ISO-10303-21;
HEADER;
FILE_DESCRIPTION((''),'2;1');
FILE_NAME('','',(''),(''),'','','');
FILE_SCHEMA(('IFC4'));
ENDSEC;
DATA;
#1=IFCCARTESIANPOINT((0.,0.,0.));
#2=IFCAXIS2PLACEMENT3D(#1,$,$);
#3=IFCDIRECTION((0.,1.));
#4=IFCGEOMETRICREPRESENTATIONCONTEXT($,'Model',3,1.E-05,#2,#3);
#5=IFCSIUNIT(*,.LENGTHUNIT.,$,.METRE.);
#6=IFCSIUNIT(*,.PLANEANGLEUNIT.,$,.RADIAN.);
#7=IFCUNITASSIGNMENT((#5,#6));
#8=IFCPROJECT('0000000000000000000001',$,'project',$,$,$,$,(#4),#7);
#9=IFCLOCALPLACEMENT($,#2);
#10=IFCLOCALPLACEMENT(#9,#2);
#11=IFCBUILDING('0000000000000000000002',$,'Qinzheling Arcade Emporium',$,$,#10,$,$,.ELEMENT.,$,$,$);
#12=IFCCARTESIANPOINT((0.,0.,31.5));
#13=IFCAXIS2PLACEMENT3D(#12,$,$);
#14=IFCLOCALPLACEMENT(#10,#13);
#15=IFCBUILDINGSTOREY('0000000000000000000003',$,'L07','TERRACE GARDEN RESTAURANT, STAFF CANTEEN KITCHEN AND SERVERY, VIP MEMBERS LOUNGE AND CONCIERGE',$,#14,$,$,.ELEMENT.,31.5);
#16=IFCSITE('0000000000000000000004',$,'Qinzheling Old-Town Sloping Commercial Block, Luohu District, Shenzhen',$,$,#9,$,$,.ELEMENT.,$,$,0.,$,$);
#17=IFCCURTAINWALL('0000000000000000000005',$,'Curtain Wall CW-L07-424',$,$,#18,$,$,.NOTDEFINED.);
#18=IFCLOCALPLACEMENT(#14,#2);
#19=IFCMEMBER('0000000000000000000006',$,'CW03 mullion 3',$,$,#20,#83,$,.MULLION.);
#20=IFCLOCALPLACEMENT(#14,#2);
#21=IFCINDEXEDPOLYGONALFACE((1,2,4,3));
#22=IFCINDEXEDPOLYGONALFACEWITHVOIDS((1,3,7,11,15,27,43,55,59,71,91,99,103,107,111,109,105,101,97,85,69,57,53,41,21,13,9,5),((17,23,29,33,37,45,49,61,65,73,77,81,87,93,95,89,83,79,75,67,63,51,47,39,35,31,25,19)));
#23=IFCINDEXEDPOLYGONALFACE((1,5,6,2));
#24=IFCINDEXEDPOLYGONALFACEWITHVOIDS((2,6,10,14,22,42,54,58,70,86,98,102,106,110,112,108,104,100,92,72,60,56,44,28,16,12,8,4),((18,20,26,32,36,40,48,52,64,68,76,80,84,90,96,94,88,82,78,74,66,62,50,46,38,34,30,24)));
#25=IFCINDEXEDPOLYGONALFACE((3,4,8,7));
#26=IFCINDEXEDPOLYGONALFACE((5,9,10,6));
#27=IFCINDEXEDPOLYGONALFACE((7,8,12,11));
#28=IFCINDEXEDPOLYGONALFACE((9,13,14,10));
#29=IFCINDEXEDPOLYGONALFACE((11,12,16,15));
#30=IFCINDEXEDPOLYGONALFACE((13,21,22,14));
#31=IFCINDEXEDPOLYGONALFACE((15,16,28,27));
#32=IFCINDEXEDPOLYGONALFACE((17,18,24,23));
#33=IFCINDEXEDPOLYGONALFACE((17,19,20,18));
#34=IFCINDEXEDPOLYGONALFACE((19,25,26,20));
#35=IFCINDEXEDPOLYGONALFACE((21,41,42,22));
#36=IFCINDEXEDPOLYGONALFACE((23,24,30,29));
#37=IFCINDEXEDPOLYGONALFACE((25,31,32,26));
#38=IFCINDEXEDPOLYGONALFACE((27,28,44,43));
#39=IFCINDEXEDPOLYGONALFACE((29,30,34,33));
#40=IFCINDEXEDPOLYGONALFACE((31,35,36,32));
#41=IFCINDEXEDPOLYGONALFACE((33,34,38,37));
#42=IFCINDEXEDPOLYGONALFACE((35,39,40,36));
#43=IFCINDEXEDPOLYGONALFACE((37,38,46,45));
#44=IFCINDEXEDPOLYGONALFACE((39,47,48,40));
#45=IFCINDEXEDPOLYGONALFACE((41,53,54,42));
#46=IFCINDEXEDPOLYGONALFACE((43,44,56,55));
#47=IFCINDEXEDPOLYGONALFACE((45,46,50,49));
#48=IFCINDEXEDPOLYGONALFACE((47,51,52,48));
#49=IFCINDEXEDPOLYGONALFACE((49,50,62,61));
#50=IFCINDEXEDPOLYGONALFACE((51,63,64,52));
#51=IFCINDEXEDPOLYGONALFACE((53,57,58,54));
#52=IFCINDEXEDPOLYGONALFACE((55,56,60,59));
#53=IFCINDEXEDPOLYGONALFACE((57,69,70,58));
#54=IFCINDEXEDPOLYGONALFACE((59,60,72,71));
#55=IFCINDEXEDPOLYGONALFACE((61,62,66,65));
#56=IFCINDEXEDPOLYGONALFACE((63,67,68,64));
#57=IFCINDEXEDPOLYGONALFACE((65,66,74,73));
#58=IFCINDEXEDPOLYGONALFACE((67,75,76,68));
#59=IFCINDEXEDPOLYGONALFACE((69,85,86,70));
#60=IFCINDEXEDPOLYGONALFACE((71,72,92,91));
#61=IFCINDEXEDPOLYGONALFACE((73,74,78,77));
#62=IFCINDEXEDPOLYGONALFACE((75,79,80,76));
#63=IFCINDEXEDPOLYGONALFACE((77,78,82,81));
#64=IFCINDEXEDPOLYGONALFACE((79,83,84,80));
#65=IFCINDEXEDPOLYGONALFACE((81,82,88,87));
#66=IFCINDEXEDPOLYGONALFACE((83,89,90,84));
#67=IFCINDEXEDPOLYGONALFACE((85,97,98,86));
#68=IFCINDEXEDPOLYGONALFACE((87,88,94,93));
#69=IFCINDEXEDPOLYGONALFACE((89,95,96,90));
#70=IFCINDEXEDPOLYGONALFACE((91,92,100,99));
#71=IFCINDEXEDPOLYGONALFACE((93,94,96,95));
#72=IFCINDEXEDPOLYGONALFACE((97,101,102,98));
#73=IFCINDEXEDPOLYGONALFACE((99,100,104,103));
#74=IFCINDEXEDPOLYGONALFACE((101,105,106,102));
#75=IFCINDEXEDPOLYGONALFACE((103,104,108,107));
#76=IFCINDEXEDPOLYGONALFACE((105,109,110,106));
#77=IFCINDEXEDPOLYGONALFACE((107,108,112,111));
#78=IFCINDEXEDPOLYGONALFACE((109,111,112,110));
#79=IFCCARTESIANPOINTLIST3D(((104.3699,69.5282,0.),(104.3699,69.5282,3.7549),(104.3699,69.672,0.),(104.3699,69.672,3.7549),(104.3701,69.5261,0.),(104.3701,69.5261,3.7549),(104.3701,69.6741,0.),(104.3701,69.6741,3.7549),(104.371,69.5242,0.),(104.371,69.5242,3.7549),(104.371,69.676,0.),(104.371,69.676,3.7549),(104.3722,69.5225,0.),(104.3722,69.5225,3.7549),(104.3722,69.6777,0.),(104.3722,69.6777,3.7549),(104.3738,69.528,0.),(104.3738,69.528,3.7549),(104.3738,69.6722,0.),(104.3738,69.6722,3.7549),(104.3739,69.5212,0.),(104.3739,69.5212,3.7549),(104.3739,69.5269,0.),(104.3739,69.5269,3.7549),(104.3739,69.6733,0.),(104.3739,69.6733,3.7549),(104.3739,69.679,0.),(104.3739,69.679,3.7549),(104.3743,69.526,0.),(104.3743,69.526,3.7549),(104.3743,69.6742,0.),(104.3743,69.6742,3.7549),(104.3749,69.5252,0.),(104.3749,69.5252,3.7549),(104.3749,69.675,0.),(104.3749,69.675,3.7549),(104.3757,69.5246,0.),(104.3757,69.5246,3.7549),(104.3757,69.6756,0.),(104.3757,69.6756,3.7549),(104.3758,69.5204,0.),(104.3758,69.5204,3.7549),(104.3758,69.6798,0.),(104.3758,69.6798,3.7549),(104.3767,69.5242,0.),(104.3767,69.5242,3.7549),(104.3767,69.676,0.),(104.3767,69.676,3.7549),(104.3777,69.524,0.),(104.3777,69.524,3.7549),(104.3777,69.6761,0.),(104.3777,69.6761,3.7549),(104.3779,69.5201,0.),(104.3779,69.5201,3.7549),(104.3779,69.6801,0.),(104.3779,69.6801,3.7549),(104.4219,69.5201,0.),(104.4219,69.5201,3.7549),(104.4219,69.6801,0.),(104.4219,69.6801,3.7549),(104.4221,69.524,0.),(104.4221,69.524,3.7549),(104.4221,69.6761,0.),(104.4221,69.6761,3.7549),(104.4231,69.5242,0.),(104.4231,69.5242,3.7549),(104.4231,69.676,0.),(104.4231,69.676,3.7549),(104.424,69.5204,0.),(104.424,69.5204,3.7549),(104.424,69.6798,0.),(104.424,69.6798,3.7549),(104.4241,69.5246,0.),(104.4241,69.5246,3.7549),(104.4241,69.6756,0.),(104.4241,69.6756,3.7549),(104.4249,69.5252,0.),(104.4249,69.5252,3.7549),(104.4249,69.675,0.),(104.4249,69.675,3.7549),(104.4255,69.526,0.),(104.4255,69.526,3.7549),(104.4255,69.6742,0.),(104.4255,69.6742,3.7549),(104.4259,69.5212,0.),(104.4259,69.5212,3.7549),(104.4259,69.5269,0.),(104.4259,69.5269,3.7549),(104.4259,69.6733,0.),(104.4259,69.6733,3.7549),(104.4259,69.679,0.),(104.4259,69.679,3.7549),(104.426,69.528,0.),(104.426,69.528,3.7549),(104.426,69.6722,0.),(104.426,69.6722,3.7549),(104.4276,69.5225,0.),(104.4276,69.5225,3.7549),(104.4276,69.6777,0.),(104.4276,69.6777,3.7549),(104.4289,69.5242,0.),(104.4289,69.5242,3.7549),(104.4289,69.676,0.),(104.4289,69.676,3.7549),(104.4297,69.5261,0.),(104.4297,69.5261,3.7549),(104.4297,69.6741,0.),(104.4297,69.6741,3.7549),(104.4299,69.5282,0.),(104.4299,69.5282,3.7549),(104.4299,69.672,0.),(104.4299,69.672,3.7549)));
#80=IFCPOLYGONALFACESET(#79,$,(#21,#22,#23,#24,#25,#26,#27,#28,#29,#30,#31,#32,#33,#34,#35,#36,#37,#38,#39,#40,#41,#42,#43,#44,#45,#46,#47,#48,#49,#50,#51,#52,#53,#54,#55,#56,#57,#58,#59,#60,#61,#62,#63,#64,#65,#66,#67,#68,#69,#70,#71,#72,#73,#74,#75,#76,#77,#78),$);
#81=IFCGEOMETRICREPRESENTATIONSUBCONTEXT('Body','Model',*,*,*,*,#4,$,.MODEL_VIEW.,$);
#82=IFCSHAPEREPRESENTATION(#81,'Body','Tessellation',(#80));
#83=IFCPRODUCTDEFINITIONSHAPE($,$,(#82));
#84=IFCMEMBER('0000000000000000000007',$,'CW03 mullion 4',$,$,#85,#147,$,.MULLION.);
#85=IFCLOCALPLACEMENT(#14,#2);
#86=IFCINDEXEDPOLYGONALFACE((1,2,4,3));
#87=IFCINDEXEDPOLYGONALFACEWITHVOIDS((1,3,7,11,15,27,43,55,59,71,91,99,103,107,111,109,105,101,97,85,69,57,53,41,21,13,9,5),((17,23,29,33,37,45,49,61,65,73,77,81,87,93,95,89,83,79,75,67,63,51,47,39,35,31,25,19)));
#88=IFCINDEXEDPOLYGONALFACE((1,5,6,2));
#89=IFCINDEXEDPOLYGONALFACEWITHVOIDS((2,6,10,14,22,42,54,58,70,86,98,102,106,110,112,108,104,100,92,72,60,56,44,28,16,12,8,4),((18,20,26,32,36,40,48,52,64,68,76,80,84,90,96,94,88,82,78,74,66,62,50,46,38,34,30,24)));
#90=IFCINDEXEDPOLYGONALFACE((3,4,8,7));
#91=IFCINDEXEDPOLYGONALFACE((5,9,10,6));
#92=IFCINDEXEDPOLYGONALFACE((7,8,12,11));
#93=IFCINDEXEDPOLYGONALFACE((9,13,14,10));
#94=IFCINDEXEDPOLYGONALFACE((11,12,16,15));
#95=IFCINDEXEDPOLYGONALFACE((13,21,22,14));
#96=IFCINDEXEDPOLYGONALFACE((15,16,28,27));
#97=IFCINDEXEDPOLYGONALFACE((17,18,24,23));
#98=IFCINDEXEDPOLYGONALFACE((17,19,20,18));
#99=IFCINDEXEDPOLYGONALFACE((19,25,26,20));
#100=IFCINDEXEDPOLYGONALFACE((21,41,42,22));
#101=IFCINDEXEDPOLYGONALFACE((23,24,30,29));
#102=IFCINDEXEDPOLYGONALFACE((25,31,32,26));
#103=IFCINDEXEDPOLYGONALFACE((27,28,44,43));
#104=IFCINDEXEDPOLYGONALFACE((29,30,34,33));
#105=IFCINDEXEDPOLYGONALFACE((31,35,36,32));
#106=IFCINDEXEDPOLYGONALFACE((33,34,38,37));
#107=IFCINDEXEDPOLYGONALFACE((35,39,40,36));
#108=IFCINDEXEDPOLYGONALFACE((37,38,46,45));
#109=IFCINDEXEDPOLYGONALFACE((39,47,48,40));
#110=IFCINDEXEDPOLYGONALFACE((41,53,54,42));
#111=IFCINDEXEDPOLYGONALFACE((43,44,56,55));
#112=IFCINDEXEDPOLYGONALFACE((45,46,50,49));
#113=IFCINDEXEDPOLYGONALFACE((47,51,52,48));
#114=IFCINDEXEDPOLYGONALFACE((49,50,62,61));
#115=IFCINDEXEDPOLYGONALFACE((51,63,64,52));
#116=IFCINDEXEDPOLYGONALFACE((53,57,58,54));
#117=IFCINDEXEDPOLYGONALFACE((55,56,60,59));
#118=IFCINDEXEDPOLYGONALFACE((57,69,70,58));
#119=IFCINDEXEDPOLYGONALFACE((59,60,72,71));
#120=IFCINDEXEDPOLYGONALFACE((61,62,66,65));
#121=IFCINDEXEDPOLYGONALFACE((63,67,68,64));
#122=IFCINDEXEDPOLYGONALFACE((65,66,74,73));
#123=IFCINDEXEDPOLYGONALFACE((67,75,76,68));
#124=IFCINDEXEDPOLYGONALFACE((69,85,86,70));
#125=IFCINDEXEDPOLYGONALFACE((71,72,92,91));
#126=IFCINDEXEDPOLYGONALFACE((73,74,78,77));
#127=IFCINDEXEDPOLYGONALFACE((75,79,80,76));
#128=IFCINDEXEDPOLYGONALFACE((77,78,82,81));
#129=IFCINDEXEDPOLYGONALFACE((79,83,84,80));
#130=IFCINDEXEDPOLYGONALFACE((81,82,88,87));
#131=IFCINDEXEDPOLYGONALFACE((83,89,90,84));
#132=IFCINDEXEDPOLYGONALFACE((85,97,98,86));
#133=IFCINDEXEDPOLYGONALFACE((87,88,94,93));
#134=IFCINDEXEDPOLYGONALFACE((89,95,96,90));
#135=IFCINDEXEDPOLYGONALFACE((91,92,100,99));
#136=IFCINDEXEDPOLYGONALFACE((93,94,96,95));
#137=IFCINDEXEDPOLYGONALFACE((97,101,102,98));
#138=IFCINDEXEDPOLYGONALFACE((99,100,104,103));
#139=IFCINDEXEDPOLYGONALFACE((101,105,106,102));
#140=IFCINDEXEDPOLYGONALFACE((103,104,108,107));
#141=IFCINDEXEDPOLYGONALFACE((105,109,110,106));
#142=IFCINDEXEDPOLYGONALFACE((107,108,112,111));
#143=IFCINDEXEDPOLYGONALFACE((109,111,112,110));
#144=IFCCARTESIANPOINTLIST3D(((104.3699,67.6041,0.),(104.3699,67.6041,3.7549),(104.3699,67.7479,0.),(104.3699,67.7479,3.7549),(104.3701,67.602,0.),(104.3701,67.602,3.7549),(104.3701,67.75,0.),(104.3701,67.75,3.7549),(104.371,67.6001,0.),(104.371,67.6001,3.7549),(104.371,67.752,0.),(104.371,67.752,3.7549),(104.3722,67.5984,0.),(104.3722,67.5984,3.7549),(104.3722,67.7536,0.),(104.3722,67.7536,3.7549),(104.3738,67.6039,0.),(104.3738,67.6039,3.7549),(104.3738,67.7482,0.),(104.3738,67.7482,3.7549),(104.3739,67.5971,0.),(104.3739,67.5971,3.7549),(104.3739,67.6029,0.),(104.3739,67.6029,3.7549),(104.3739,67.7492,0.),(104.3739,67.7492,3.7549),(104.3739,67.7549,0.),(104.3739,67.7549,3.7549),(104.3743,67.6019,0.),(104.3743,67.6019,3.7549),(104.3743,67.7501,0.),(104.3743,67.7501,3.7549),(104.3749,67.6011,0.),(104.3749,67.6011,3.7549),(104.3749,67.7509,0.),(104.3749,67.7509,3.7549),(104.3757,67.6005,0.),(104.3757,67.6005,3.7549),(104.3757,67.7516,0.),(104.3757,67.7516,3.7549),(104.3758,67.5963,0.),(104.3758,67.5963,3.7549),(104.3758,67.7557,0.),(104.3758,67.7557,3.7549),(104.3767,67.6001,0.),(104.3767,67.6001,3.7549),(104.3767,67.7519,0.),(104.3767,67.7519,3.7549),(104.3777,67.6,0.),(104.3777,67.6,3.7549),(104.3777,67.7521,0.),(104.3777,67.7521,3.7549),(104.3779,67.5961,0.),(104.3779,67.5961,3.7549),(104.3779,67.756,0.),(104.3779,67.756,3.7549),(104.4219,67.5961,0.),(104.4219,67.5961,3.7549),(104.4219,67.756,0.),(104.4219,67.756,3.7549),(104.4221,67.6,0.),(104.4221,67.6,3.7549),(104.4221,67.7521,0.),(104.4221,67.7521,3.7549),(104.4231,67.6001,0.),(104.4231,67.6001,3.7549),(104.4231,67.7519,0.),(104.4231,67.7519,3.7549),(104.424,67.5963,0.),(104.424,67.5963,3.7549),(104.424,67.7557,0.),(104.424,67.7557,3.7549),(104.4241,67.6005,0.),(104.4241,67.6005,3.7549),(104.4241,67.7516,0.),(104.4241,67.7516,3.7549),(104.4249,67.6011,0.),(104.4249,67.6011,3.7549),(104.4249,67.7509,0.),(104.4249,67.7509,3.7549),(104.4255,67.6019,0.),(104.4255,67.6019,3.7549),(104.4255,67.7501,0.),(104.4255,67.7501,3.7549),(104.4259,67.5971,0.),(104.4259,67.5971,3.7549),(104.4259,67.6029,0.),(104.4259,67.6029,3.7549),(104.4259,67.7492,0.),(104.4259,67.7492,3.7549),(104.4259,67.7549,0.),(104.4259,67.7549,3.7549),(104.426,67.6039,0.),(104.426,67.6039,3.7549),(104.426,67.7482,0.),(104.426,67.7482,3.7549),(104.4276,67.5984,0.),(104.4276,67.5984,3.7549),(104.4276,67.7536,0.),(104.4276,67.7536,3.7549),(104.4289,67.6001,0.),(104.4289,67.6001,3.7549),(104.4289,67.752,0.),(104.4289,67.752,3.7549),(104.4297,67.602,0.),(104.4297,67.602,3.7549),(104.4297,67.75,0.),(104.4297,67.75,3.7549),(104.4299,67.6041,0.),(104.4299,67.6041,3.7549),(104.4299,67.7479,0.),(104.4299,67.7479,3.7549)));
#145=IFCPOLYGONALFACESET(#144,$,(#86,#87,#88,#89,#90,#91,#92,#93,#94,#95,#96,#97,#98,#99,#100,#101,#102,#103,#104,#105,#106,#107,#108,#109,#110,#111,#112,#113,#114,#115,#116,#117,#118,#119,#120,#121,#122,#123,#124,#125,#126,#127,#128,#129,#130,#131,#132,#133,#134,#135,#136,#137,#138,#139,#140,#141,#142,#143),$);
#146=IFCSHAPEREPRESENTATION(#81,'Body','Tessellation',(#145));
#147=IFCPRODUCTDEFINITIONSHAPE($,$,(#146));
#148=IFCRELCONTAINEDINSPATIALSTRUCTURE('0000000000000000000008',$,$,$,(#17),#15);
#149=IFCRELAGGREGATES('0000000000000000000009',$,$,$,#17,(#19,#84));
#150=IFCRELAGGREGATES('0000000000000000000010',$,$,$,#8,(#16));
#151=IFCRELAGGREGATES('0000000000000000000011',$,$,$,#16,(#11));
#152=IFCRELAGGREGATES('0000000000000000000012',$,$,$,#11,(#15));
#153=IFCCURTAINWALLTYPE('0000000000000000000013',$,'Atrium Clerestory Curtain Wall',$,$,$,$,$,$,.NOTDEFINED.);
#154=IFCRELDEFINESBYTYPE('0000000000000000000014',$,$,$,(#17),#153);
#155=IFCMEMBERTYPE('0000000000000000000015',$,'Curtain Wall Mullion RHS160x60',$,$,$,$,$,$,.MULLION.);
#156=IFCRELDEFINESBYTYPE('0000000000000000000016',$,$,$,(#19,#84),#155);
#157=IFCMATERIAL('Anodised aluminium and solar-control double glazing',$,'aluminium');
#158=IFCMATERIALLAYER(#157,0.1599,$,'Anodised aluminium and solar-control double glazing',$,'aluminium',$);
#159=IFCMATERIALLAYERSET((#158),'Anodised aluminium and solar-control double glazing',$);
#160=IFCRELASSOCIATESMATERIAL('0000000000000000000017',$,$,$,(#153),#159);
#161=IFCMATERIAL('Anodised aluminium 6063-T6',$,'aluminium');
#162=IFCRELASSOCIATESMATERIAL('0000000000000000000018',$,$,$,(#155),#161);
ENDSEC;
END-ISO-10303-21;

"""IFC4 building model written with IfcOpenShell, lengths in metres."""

from ifc_helpers import new_model, si_unit, direction, frame, origin, origin_2d, place, context, subcontext, project, spatial, hollow_rectangle, extrude, material, layer, layer_set, material_profile, profile_set, type_object, element, aggregate, save


model = new_model("IFC4")

# Units and contexts
model_context = context("Model", 3, precision=1e-05, world=origin(), true_north=direction((0.0, 1.0)))
body_context = subcontext(model_context, "Body", "Model", "MODEL_VIEW")
ifc_project = project(units=[si_unit("LENGTHUNIT", "METRE"), si_unit("PLANEANGLEUNIT", "RADIAN")], contexts=[model_context])

# Site, building, storey
site_placement = place(None, origin())
site = spatial("IfcSite", under=ifc_project, at=site_placement, Name="Qinzheling Old-Town Sloping Commercial Block, Luohu District, Shenzhen", CompositionType="ELEMENT", RefElevation=0.0)
building_placement = place(site_placement, origin())
building = spatial("IfcBuilding", under=site, at=building_placement, Name="Qinzheling Arcade Emporium", CompositionType="ELEMENT")
storey_placement = place(building_placement, frame((0.0, 0.0, 31.5)))
storey = spatial("IfcBuildingStorey", under=building, at=storey_placement, Name="L07", Description="TERRACE GARDEN RESTAURANT, STAFF CANTEEN KITCHEN AND SERVERY, VIP MEMBERS LOUNGE AND CONCIERGE", CompositionType="ELEMENT", Elevation=31.5)

# Curtain wall, members
ifc_material_1 = material(Name="Anodised aluminium and solar-control double glazing", Category="aluminium")
ifc_layer_1 = layer(ifc_material_1, 0.1599, Name="Anodised aluminium and solar-control double glazing", Category="aluminium")
ifc_layer_set_1 = layer_set([ifc_layer_1], Name="Anodised aluminium and solar-control double glazing")
curtain_wall_type = type_object("IfcCurtainWallType", Name="Atrium Clerestory Curtain Wall", PredefinedType="NOTDEFINED", material=ifc_layer_set_1)
curtain_wall_placement = place(storey_placement, origin())
curtain_wall = element("IfcCurtainWall", 1, at=curtain_wall_placement, inside=storey, type_object=curtain_wall_type, Name="Curtain Wall CW-L07-424", PredefinedType="NOTDEFINED")
ifc_material_2 = material(Name="Anodised aluminium 6063-T6", Category="aluminium")
ifc_material_profile_1 = material_profile(ifc_material_2, hollow_rectangle(XDim=0.0601, YDim=0.1599, WallThickness=0.0039, InnerFilletRadius=0.0039, OuterFilletRadius=0.0081, at=origin_2d()), Name="RHS 160x60x4", Category="aluminium")
ifc_profile_set_1 = profile_set([ifc_material_profile_1], Name="Anodised aluminium 6063-T6")
member_type_1 = type_object("IfcMemberType", Name="Curtain Wall Mullion RHS160x60", PredefinedType="MULLION", material=ifc_profile_set_1)
member_1_placement = place(storey_placement, frame((104.3999, 69.6001, 0.0), z_axis=(0.0, 0.0, 1.0), x_axis=(1.0, 0.0, 0.0)))
member_1 = element("IfcMember", 2, at=member_1_placement, type_object=member_type_1, Name="CW03 mullion 3", PredefinedType="MULLION", context=body_context, shape_type="SweptSolid", body=[
    extrude(hollow_rectangle(XDim=0.0601, YDim=0.1599, WallThickness=0.0039, InnerFilletRadius=0.0039, OuterFilletRadius=0.0081, at=origin_2d()), origin(), (0.0, 0.0, 1.0), 3.7549),
])
member_2_placement = place(storey_placement, frame((104.3999, 67.676, 0.0), z_axis=(0.0, 0.0, 1.0), x_axis=(1.0, 0.0, 0.0)))
member_2 = element("IfcMember", 3, at=member_2_placement, type_object=member_type_1, Name="CW03 mullion 4", PredefinedType="MULLION", context=body_context, shape_type="SweptSolid", body=[
    extrude(hollow_rectangle(XDim=0.0601, YDim=0.1599, WallThickness=0.0039, InnerFilletRadius=0.0039, OuterFilletRadius=0.0081, at=origin_2d()), origin(), (0.0, 0.0, 1.0), 3.7549),
])
aggregate(curtain_wall, [member_1, member_2])

save(model, "model.ifc")
